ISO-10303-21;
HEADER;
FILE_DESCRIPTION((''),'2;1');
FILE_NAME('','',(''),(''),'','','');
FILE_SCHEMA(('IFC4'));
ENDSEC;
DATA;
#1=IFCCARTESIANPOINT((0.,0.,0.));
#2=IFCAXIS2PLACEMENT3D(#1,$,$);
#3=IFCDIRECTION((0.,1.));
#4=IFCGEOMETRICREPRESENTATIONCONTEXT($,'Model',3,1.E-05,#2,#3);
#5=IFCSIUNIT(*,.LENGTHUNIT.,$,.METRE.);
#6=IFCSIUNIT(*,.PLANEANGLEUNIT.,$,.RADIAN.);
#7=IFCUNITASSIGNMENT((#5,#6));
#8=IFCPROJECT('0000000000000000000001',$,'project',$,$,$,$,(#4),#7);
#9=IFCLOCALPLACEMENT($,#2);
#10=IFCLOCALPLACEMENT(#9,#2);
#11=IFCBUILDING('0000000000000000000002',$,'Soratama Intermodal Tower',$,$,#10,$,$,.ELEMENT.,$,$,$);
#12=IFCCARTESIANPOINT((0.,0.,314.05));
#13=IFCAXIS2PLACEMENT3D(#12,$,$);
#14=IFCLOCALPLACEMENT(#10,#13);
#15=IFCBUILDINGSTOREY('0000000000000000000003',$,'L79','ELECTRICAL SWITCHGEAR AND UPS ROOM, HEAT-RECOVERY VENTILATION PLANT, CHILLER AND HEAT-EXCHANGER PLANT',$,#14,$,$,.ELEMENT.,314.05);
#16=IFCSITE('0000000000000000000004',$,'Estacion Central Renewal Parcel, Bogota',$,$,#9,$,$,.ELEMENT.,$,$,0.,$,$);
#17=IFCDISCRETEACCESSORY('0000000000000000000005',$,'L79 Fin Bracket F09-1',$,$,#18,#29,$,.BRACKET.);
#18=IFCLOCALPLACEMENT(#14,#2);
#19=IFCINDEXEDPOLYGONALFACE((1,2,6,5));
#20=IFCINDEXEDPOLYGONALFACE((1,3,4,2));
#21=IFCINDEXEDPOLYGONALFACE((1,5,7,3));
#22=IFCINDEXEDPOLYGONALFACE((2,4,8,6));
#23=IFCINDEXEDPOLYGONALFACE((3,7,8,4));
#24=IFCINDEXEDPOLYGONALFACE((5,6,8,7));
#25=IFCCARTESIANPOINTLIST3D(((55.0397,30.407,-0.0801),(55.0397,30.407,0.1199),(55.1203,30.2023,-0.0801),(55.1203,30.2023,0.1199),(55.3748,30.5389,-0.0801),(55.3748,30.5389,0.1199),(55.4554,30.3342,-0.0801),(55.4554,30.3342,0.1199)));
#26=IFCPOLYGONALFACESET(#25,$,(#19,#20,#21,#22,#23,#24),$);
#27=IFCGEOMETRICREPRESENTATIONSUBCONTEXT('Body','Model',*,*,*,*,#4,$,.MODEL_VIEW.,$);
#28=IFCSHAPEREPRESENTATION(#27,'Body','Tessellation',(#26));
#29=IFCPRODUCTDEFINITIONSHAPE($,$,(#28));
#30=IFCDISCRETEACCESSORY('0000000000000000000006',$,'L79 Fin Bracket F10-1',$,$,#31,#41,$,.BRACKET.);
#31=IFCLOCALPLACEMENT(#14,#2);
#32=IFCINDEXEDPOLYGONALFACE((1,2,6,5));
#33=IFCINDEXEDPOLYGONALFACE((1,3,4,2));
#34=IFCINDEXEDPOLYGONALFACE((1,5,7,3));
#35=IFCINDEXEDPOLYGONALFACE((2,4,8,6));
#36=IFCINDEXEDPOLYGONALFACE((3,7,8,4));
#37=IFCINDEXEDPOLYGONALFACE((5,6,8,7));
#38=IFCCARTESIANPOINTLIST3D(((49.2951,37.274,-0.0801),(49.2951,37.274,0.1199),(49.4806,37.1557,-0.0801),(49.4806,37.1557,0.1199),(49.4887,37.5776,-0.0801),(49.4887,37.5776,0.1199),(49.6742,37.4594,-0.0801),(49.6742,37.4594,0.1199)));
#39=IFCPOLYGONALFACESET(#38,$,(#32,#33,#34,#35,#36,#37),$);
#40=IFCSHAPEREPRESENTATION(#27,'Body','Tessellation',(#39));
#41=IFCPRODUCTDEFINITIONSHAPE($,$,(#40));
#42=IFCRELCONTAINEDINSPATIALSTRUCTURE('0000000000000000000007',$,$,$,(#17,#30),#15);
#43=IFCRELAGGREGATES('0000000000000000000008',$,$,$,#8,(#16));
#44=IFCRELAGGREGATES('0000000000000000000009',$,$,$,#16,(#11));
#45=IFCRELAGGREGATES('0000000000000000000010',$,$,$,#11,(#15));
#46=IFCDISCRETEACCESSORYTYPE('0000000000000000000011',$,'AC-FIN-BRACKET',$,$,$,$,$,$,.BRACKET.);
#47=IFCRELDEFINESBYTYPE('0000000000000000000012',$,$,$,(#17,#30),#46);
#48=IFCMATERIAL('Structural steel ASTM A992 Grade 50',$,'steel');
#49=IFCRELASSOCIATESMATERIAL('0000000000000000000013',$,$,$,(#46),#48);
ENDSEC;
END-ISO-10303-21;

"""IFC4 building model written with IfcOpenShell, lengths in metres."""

from ifc_helpers import new_model, si_unit, direction, frame, origin, origin_2d, place, context, subcontext, project, spatial, rectangle, extrude, material, type_object, element, save


model = new_model("IFC4")

# Units and contexts
model_context = context("Model", 3, precision=1e-05, world=origin(), true_north=direction((0.0, 1.0)))
body_context = subcontext(model_context, "Body", "Model", "MODEL_VIEW")
ifc_project = project(units=[si_unit("LENGTHUNIT", "METRE"), si_unit("PLANEANGLEUNIT", "RADIAN")], contexts=[model_context])

# Site, building, storey
site_placement = place(None, origin())
site = spatial("IfcSite", under=ifc_project, at=site_placement, Name="Estacion Central Renewal Parcel, Bogota", CompositionType="ELEMENT", RefElevation=0.0)
building_placement = place(site_placement, origin())
building = spatial("IfcBuilding", under=site, at=building_placement, Name="Soratama Intermodal Tower", CompositionType="ELEMENT")
storey_placement = place(building_placement, frame((0.0, 0.0, 314.05)))
storey = spatial("IfcBuildingStorey", under=building, at=storey_placement, Name="L79", Description="ELECTRICAL SWITCHGEAR AND UPS ROOM, HEAT-RECOVERY VENTILATION PLANT, CHILLER AND HEAT-EXCHANGER PLANT", CompositionType="ELEMENT", Elevation=314.05)

# Discrete accessories
ifc_material_1 = material(Name="Structural steel ASTM A992 Grade 50", Category="steel")
discrete_accessory_type = type_object("IfcDiscreteAccessoryType", Name="AC-FIN-BRACKET", PredefinedType="BRACKET", material=ifc_material_1)
for number, where, z_axis, x_axis, name in (
    (1, (55.2476, 30.3706, -0.0801), (0.0, 0.0, 1.0), (0.930545, 0.366176, 0.0), "L79 Fin Bracket F09-1"),
    (2, (49.4846, 37.3667, -0.0801), (0.0, 0.0, 1.0), (0.537594, 0.843204, 0.0), "L79 Fin Bracket F10-1"),
):
    element("IfcDiscreteAccessory", number, at=place(storey_placement, frame(where, z_axis=z_axis, x_axis=x_axis)), inside=storey, type_object=discrete_accessory_type, Name=name, PredefinedType="BRACKET", context=body_context, shape_type="SweptSolid", body=[
        extrude(rectangle(XDim=0.3601, YDim=0.22, at=origin_2d()), origin(), (0.0, 0.0, 1.0), 0.2),
    ])

save(model, "model.ifc")
